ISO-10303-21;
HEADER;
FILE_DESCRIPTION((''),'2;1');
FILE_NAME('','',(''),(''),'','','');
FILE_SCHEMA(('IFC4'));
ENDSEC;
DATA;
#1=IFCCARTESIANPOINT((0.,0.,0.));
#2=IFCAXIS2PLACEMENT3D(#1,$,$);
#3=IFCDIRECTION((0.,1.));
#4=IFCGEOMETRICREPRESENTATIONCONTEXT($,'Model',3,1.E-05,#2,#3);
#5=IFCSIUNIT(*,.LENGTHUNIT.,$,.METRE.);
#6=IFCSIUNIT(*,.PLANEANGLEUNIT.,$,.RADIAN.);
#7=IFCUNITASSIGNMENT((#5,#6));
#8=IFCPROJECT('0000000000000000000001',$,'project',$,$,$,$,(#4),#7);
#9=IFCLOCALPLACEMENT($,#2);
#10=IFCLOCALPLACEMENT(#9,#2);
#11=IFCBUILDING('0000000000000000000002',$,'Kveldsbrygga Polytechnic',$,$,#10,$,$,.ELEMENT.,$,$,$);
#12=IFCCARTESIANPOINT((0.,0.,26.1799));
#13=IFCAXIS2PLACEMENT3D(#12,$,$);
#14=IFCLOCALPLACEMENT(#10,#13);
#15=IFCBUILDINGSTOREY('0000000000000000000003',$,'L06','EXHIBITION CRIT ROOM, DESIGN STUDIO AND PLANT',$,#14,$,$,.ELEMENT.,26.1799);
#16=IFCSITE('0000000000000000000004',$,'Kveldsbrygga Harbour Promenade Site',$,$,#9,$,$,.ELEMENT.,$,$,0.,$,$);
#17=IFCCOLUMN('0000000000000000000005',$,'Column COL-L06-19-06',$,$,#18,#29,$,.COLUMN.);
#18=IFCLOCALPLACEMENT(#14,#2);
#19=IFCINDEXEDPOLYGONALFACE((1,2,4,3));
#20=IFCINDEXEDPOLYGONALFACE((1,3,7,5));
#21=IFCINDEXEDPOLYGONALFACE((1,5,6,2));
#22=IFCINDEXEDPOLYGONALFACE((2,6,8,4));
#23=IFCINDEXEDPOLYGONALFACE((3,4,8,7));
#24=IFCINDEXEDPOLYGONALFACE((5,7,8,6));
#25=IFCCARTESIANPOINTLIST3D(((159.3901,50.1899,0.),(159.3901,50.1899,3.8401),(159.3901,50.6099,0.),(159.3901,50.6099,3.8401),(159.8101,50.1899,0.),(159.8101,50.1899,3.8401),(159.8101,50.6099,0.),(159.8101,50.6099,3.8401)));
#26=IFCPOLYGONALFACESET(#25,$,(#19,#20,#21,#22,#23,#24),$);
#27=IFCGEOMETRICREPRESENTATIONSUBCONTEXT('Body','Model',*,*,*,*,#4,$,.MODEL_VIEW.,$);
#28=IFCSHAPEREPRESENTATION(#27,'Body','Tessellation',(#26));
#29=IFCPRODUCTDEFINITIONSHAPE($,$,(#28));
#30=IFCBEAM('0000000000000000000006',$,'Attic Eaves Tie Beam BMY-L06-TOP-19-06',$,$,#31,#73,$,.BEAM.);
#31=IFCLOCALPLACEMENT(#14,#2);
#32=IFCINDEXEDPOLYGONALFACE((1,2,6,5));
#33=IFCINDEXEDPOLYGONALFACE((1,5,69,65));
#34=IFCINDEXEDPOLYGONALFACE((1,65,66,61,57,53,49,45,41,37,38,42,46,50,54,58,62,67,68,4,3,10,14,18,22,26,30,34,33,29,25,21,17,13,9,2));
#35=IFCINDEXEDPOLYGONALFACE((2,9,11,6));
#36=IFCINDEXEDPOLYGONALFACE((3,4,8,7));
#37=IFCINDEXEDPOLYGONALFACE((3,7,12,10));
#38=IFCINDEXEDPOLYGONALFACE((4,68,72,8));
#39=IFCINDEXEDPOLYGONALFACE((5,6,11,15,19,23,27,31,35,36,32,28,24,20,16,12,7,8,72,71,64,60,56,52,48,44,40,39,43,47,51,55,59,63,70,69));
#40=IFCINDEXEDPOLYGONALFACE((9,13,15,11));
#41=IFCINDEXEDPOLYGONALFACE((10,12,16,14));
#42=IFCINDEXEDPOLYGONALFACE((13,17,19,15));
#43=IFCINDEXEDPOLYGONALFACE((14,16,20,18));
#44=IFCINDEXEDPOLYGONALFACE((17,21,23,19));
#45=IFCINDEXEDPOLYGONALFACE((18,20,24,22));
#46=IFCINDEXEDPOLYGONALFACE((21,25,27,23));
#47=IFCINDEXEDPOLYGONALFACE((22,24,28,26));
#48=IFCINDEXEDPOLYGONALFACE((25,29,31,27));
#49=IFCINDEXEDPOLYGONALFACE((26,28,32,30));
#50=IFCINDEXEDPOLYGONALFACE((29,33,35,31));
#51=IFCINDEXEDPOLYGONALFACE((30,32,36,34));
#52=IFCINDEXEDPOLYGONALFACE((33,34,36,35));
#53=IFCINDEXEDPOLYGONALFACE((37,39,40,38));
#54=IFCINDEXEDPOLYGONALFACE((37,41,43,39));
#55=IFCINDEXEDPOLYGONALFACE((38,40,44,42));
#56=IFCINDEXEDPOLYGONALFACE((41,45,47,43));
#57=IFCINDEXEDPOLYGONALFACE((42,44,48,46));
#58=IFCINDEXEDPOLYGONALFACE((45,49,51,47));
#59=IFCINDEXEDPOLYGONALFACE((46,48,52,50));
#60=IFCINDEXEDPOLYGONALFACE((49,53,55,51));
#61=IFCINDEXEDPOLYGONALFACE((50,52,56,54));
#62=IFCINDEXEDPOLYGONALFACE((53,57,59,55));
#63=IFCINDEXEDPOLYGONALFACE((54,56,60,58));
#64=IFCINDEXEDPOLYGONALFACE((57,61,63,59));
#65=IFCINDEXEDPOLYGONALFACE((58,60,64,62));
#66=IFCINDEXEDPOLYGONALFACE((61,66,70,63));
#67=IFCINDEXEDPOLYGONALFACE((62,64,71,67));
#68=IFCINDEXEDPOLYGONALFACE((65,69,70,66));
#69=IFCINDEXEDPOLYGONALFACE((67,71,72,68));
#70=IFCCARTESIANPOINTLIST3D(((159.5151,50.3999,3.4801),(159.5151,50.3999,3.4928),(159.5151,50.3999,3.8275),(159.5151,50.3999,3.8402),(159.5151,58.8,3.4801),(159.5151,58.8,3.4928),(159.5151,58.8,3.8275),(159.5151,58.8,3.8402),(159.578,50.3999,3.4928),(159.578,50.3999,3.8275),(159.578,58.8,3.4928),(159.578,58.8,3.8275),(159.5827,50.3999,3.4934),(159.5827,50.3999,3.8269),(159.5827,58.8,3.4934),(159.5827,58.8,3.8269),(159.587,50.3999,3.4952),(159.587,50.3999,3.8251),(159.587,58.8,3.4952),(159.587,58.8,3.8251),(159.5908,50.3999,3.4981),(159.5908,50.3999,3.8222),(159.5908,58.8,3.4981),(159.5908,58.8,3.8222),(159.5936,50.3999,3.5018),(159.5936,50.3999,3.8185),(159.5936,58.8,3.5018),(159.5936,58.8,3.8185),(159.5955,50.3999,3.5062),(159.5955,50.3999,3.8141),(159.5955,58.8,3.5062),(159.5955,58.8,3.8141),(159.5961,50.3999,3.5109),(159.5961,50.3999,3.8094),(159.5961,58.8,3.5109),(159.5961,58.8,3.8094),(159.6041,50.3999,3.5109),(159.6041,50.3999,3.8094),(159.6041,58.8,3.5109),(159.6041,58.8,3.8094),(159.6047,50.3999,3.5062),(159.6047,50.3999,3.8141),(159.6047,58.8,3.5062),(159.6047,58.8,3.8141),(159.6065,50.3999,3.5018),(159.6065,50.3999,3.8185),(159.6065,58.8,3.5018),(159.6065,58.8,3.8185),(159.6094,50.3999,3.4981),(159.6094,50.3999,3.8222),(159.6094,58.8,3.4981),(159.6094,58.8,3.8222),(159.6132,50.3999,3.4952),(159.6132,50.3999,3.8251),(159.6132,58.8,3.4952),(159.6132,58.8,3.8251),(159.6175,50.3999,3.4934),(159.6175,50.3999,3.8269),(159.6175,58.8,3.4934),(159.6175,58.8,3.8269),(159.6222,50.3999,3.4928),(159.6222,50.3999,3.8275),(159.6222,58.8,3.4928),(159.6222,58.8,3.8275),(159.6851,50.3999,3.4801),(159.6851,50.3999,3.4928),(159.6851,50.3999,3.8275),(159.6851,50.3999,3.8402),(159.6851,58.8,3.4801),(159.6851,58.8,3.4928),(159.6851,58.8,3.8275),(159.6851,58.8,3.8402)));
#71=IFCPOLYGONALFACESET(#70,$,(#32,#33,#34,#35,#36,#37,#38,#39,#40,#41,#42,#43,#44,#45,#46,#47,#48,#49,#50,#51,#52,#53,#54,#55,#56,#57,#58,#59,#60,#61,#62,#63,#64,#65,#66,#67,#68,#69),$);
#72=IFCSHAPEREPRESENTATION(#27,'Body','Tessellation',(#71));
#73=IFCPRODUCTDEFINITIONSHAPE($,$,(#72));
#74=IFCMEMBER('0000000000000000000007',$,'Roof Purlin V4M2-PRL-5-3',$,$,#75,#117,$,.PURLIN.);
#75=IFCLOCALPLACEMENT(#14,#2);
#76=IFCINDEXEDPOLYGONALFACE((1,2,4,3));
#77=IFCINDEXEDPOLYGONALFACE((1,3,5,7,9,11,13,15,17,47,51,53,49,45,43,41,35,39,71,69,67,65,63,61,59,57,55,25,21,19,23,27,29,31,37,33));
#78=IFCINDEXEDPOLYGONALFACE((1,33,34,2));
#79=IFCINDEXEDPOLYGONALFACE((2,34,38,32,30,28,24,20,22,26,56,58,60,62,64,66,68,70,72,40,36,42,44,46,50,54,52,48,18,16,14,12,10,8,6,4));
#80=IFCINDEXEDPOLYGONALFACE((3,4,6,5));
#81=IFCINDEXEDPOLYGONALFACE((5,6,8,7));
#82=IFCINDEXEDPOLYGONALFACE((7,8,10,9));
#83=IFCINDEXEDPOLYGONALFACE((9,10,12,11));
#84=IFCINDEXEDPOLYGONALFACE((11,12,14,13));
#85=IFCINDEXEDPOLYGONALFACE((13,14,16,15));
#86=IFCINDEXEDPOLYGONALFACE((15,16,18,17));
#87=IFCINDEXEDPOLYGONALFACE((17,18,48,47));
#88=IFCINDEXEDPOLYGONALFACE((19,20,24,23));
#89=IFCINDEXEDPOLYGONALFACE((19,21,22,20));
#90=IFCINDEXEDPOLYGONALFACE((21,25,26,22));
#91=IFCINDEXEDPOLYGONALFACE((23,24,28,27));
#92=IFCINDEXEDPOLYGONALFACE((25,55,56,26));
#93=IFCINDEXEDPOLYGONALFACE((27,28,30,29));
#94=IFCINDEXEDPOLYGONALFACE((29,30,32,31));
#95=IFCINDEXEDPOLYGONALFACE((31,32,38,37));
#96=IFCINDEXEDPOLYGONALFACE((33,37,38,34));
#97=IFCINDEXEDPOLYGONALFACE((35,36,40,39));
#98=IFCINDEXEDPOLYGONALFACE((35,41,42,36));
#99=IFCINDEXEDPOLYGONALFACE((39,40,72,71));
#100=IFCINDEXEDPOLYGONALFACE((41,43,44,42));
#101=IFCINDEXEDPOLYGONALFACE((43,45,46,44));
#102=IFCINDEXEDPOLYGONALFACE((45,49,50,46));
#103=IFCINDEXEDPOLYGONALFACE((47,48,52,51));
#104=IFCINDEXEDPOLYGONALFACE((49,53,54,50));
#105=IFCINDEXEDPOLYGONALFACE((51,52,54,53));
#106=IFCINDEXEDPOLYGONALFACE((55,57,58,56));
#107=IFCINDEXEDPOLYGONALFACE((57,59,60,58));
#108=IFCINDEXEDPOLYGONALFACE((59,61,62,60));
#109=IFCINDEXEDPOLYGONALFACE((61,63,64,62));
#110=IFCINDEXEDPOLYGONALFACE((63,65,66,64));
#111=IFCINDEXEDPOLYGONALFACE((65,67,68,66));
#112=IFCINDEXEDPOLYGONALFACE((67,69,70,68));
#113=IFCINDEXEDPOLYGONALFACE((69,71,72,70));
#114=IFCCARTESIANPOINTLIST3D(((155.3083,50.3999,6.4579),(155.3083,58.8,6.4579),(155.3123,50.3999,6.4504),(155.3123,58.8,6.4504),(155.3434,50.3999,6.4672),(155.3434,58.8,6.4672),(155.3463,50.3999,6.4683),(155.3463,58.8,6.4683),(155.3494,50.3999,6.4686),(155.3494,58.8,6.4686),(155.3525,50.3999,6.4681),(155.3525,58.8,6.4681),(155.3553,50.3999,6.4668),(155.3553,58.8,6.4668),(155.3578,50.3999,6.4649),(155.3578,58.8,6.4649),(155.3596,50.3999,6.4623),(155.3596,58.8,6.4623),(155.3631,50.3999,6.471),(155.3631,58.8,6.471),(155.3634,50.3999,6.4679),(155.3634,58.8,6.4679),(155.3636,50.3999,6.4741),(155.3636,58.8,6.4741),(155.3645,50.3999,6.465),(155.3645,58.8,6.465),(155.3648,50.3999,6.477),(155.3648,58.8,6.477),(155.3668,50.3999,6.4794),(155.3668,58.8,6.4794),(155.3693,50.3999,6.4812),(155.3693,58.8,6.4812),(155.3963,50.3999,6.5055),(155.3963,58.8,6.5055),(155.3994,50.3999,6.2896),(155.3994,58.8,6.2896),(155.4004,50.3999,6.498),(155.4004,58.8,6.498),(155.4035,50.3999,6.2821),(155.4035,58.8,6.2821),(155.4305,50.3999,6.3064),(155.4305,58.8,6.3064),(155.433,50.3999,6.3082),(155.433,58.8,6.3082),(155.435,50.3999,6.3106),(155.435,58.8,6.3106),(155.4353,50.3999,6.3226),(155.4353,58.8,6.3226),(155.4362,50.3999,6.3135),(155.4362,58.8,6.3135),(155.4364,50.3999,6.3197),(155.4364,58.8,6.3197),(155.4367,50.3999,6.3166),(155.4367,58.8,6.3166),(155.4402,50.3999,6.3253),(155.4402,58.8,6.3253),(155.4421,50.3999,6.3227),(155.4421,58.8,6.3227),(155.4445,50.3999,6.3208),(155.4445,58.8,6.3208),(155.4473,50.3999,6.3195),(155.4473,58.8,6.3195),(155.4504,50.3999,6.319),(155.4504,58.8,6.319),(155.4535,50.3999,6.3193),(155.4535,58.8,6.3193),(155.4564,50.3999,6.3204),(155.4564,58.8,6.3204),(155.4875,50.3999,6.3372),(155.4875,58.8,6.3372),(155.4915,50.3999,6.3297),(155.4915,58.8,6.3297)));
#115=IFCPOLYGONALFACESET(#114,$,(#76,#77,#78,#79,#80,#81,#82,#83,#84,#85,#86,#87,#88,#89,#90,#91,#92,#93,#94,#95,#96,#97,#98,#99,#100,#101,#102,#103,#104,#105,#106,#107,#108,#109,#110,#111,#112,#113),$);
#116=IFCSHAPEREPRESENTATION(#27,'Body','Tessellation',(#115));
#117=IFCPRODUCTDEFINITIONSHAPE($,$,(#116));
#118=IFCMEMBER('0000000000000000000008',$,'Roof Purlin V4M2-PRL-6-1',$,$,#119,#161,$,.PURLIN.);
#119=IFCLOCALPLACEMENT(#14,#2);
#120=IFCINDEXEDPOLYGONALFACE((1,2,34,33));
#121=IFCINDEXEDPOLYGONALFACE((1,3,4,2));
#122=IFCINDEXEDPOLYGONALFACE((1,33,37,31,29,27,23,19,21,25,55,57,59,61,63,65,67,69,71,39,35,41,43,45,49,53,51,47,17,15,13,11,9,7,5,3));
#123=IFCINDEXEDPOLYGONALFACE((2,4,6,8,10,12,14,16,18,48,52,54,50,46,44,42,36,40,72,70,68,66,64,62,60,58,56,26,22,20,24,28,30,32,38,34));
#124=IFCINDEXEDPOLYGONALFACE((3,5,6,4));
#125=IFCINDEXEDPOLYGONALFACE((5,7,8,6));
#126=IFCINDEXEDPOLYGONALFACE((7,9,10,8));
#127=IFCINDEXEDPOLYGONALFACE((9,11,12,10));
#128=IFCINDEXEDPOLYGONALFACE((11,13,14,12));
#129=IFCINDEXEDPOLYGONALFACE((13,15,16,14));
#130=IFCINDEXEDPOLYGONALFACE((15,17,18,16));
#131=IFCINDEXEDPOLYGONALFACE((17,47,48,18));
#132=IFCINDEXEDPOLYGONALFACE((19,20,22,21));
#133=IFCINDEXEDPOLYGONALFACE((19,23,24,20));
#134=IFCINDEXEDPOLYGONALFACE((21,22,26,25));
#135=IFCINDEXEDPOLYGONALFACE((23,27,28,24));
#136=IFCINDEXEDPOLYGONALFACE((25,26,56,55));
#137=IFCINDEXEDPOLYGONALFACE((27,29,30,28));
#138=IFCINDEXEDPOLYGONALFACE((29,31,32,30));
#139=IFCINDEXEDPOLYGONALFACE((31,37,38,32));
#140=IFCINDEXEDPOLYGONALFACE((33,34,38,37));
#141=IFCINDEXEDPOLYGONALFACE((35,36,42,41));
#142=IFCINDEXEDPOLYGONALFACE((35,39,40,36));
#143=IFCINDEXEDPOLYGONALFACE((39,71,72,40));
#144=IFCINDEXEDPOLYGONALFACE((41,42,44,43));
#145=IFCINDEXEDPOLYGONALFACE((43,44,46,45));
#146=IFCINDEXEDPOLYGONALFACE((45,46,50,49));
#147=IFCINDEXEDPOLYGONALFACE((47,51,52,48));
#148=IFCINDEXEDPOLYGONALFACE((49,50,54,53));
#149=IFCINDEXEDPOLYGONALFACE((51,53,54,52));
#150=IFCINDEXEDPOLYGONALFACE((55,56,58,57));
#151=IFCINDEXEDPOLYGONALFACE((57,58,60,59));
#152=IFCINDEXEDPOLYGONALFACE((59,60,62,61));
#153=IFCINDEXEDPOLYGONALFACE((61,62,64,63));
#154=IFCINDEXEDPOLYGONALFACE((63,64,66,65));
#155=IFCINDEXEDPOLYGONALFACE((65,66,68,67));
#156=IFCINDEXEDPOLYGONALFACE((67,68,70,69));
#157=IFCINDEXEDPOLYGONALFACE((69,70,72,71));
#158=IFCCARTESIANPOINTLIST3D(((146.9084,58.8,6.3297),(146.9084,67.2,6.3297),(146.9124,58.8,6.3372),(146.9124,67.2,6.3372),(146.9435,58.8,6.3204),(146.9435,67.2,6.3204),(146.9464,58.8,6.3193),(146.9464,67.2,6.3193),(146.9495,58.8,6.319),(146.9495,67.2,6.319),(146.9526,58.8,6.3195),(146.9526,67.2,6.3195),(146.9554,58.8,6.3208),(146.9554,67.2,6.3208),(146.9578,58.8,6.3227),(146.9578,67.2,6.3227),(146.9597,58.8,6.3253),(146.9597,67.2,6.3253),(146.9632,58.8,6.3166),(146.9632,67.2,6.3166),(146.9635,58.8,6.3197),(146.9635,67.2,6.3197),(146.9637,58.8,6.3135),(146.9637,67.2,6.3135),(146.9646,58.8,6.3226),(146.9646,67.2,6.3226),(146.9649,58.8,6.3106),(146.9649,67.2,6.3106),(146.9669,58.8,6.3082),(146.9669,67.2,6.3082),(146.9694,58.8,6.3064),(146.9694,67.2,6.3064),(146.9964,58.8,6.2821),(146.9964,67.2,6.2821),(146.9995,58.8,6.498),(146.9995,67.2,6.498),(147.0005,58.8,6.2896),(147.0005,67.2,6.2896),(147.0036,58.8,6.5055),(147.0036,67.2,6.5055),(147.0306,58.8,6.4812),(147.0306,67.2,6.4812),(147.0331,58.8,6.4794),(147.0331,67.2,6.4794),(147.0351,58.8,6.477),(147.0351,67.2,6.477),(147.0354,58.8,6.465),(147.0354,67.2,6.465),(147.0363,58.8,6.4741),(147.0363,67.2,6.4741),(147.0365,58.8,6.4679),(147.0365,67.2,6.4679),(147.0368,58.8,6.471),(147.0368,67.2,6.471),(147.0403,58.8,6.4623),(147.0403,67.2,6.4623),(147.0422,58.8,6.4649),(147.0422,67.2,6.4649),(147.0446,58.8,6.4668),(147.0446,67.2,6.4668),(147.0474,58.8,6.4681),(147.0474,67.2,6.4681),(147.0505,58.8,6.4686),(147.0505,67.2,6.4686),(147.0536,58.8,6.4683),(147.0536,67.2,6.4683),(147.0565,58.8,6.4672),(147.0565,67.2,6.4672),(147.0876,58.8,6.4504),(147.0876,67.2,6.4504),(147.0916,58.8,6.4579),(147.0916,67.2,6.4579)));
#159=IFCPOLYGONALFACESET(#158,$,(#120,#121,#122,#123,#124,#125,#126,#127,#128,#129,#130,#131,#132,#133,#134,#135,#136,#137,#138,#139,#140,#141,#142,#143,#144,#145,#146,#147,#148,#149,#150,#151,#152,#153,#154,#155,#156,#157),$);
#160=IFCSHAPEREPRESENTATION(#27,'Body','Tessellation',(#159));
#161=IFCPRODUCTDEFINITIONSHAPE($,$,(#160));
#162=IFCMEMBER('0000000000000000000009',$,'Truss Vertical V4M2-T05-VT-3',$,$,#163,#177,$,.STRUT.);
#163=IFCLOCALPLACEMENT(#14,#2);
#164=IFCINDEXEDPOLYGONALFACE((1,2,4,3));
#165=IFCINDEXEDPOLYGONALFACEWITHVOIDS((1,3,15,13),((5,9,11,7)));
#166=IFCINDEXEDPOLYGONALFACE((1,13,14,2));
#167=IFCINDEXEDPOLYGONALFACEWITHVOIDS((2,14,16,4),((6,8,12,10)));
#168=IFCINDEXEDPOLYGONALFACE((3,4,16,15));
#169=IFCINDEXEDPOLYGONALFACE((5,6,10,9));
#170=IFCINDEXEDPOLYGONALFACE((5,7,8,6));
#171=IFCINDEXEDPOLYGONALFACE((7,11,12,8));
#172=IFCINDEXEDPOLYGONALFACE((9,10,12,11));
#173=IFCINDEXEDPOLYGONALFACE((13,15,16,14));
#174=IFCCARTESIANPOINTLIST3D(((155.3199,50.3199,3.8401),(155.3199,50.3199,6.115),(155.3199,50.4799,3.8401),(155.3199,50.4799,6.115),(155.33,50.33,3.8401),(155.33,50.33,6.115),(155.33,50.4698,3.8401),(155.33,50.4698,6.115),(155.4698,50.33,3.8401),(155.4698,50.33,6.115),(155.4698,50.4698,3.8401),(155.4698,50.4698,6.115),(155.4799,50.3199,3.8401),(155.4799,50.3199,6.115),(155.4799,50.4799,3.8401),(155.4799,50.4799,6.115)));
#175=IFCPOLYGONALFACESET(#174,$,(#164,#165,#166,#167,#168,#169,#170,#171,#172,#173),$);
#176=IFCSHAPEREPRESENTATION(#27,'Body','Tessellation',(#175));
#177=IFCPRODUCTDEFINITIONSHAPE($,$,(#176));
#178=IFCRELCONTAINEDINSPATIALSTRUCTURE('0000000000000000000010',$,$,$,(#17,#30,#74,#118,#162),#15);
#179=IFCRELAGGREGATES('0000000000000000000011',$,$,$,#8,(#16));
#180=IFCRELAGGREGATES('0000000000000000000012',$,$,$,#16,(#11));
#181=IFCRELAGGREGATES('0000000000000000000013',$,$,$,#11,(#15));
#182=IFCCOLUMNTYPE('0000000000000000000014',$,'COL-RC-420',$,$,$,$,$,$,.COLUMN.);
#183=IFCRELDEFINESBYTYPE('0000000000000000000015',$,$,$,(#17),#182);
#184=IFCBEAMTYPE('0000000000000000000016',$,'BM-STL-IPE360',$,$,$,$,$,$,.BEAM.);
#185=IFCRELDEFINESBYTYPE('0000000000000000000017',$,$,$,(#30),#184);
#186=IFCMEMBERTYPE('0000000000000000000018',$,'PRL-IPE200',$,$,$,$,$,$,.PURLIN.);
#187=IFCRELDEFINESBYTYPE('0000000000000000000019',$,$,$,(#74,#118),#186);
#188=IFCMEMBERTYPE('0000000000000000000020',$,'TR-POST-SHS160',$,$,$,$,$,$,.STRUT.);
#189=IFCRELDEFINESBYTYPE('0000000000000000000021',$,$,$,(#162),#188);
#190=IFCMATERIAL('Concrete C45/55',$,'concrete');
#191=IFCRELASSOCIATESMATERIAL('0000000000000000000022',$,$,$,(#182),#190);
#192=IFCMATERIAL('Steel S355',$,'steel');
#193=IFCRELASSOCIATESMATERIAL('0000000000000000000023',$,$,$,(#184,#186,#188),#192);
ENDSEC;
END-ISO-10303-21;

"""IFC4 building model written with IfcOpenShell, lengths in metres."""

from ifc_helpers import new_model, si_unit, direction, frame, origin, origin_2d, place, context, subcontext, project, spatial, rectangle, hollow_rectangle, i_section, extrude, material, material_profile, profile_set, type_object, element, save


model = new_model("IFC4")

# Units and contexts
model_context = context("Model", 3, precision=1e-05, world=origin(), true_north=direction((0.0, 1.0)))
body_context = subcontext(model_context, "Body", "Model", "MODEL_VIEW")
ifc_project = project(units=[si_unit("LENGTHUNIT", "METRE"), si_unit("PLANEANGLEUNIT", "RADIAN")], contexts=[model_context])

# Site, building, storey
site_placement = place(None, origin())
site = spatial("IfcSite", under=ifc_project, at=site_placement, Name="Kveldsbrygga Harbour Promenade Site", CompositionType="ELEMENT", RefElevation=0.0)
building_placement = place(site_placement, origin())
building = spatial("IfcBuilding", under=site, at=building_placement, Name="Kveldsbrygga Polytechnic", CompositionType="ELEMENT")
storey_placement = place(building_placement, frame((0.0, 0.0, 26.1799)))
storey = spatial("IfcBuildingStorey", under=building, at=storey_placement, Name="L06", Description="EXHIBITION CRIT ROOM, DESIGN STUDIO AND PLANT", CompositionType="ELEMENT", Elevation=26.1799)

# Column
ifc_material_1 = material(Name="Concrete C45/55", Category="concrete")
ifc_material_profile_1 = material_profile(ifc_material_1, rectangle(XDim=0.4199, YDim=0.4199, at=origin_2d()), Name="RC 420x420")
ifc_profile_set_1 = profile_set([ifc_material_profile_1], Name="Concrete C45/55")
column_type = type_object("IfcColumnType", Name="COL-RC-420", PredefinedType="COLUMN", material=ifc_profile_set_1)
column_placement = place(storey_placement, frame((159.6001, 50.3999, 0.0), z_axis=(0.0, 0.0, 1.0), x_axis=(1.0, 0.0, 0.0)))
element("IfcColumn", 1, at=column_placement, inside=storey, type_object=column_type, Name="Column COL-L06-19-06", PredefinedType="COLUMN", context=body_context, shape_type="SweptSolid", body=[
    extrude(rectangle(XDim=0.4199, YDim=0.4199, at=origin_2d()), origin(), (0.0, 0.0, 1.0), 3.8401),
])

# Beam
ifc_material_2 = material(Name="Steel S355", Category="steel")
ifc_material_profile_2 = material_profile(ifc_material_2, i_section(OverallWidth=0.1699, OverallDepth=0.3601, WebThickness=0.0081, FlangeThickness=0.0127, FilletRadius=0.0181, at=origin_2d()), Name="IPE 360")
ifc_profile_set_2 = profile_set([ifc_material_profile_2], Name="Steel S355")
beam_type = type_object("IfcBeamType", Name="BM-STL-IPE360", PredefinedType="BEAM", material=ifc_profile_set_2)
beam_placement = place(storey_placement, frame((159.6001, 50.3999, 3.6602), z_axis=(0.0, 1.0, 0.0), x_axis=(-1.0, 0.0, 0.0)))
element("IfcBeam", 2, at=beam_placement, inside=storey, type_object=beam_type, Name="Attic Eaves Tie Beam BMY-L06-TOP-19-06", PredefinedType="BEAM", context=body_context, shape_type="SweptSolid", body=[
    extrude(i_section(OverallWidth=0.1699, OverallDepth=0.3601, WebThickness=0.0081, FlangeThickness=0.0127, FilletRadius=0.0181, at=origin_2d()), origin(), (0.0, 0.0, 1.0), 8.4001),
])

# Members
ifc_material_profile_3 = material_profile(ifc_material_2, i_section(OverallWidth=0.1001, OverallDepth=0.2, WebThickness=0.0056, FlangeThickness=0.0085, FilletRadius=0.012, at=origin_2d()), Name="IPE 200")
ifc_profile_set_3 = profile_set([ifc_material_profile_3], Name="Steel S355")
member_type_1 = type_object("IfcMemberType", Name="PRL-IPE200", PredefinedType="PURLIN", material=ifc_profile_set_3)
member_1_placement = place(storey_placement, frame((155.3999, 50.3999, 6.3938), z_axis=(0.0, 1.0, 0.0), x_axis=(-0.879292, 0.0, -0.476283)))
element("IfcMember", 3, at=member_1_placement, inside=storey, type_object=member_type_1, Name="Roof Purlin V4M2-PRL-5-3", PredefinedType="PURLIN", context=body_context, shape_type="SweptSolid", body=[
    extrude(i_section(OverallWidth=0.1001, OverallDepth=0.2, WebThickness=0.0056, FlangeThickness=0.0085, FilletRadius=0.012, at=origin_2d()), origin(), (0.0, 0.0, 1.0), 8.4001),
])
member_2_placement = place(storey_placement, frame((147.0, 58.8, 6.3938), z_axis=(0.0, 1.0, 0.0), x_axis=(-0.879292, 0.0, 0.476283)))
element("IfcMember", 4, at=member_2_placement, inside=storey, type_object=member_type_1, Name="Roof Purlin V4M2-PRL-6-1", PredefinedType="PURLIN", context=body_context, shape_type="SweptSolid", body=[
    extrude(i_section(OverallWidth=0.1001, OverallDepth=0.2, WebThickness=0.0056, FlangeThickness=0.0085, FilletRadius=0.012, at=origin_2d()), origin(), (0.0, 0.0, 1.0), 8.3999),
])
ifc_material_profile_4 = material_profile(ifc_material_2, hollow_rectangle(XDim=0.1599, YDim=0.1599, WallThickness=0.01, at=origin_2d()), Name="SHS 160x160x10.0")
ifc_profile_set_4 = profile_set([ifc_material_profile_4], Name="Steel S355")
member_type_2 = type_object("IfcMemberType", Name="TR-POST-SHS160", PredefinedType="STRUT", material=ifc_profile_set_4)
member_3_placement = place(storey_placement, frame((155.3999, 50.3999, 3.8401), z_axis=(0.0, 0.0, 1.0), x_axis=(1.0, 0.0, 0.0)))
element("IfcMember", 5, at=member_3_placement, inside=storey, type_object=member_type_2, Name="Truss Vertical V4M2-T05-VT-3", PredefinedType="STRUT", context=body_context, shape_type="SweptSolid", body=[
    extrude(hollow_rectangle(XDim=0.1599, YDim=0.1599, WallThickness=0.01, at=origin_2d()), origin(), (0.0, 0.0, 1.0), 2.2749),
])

save(model, "model.ifc")
